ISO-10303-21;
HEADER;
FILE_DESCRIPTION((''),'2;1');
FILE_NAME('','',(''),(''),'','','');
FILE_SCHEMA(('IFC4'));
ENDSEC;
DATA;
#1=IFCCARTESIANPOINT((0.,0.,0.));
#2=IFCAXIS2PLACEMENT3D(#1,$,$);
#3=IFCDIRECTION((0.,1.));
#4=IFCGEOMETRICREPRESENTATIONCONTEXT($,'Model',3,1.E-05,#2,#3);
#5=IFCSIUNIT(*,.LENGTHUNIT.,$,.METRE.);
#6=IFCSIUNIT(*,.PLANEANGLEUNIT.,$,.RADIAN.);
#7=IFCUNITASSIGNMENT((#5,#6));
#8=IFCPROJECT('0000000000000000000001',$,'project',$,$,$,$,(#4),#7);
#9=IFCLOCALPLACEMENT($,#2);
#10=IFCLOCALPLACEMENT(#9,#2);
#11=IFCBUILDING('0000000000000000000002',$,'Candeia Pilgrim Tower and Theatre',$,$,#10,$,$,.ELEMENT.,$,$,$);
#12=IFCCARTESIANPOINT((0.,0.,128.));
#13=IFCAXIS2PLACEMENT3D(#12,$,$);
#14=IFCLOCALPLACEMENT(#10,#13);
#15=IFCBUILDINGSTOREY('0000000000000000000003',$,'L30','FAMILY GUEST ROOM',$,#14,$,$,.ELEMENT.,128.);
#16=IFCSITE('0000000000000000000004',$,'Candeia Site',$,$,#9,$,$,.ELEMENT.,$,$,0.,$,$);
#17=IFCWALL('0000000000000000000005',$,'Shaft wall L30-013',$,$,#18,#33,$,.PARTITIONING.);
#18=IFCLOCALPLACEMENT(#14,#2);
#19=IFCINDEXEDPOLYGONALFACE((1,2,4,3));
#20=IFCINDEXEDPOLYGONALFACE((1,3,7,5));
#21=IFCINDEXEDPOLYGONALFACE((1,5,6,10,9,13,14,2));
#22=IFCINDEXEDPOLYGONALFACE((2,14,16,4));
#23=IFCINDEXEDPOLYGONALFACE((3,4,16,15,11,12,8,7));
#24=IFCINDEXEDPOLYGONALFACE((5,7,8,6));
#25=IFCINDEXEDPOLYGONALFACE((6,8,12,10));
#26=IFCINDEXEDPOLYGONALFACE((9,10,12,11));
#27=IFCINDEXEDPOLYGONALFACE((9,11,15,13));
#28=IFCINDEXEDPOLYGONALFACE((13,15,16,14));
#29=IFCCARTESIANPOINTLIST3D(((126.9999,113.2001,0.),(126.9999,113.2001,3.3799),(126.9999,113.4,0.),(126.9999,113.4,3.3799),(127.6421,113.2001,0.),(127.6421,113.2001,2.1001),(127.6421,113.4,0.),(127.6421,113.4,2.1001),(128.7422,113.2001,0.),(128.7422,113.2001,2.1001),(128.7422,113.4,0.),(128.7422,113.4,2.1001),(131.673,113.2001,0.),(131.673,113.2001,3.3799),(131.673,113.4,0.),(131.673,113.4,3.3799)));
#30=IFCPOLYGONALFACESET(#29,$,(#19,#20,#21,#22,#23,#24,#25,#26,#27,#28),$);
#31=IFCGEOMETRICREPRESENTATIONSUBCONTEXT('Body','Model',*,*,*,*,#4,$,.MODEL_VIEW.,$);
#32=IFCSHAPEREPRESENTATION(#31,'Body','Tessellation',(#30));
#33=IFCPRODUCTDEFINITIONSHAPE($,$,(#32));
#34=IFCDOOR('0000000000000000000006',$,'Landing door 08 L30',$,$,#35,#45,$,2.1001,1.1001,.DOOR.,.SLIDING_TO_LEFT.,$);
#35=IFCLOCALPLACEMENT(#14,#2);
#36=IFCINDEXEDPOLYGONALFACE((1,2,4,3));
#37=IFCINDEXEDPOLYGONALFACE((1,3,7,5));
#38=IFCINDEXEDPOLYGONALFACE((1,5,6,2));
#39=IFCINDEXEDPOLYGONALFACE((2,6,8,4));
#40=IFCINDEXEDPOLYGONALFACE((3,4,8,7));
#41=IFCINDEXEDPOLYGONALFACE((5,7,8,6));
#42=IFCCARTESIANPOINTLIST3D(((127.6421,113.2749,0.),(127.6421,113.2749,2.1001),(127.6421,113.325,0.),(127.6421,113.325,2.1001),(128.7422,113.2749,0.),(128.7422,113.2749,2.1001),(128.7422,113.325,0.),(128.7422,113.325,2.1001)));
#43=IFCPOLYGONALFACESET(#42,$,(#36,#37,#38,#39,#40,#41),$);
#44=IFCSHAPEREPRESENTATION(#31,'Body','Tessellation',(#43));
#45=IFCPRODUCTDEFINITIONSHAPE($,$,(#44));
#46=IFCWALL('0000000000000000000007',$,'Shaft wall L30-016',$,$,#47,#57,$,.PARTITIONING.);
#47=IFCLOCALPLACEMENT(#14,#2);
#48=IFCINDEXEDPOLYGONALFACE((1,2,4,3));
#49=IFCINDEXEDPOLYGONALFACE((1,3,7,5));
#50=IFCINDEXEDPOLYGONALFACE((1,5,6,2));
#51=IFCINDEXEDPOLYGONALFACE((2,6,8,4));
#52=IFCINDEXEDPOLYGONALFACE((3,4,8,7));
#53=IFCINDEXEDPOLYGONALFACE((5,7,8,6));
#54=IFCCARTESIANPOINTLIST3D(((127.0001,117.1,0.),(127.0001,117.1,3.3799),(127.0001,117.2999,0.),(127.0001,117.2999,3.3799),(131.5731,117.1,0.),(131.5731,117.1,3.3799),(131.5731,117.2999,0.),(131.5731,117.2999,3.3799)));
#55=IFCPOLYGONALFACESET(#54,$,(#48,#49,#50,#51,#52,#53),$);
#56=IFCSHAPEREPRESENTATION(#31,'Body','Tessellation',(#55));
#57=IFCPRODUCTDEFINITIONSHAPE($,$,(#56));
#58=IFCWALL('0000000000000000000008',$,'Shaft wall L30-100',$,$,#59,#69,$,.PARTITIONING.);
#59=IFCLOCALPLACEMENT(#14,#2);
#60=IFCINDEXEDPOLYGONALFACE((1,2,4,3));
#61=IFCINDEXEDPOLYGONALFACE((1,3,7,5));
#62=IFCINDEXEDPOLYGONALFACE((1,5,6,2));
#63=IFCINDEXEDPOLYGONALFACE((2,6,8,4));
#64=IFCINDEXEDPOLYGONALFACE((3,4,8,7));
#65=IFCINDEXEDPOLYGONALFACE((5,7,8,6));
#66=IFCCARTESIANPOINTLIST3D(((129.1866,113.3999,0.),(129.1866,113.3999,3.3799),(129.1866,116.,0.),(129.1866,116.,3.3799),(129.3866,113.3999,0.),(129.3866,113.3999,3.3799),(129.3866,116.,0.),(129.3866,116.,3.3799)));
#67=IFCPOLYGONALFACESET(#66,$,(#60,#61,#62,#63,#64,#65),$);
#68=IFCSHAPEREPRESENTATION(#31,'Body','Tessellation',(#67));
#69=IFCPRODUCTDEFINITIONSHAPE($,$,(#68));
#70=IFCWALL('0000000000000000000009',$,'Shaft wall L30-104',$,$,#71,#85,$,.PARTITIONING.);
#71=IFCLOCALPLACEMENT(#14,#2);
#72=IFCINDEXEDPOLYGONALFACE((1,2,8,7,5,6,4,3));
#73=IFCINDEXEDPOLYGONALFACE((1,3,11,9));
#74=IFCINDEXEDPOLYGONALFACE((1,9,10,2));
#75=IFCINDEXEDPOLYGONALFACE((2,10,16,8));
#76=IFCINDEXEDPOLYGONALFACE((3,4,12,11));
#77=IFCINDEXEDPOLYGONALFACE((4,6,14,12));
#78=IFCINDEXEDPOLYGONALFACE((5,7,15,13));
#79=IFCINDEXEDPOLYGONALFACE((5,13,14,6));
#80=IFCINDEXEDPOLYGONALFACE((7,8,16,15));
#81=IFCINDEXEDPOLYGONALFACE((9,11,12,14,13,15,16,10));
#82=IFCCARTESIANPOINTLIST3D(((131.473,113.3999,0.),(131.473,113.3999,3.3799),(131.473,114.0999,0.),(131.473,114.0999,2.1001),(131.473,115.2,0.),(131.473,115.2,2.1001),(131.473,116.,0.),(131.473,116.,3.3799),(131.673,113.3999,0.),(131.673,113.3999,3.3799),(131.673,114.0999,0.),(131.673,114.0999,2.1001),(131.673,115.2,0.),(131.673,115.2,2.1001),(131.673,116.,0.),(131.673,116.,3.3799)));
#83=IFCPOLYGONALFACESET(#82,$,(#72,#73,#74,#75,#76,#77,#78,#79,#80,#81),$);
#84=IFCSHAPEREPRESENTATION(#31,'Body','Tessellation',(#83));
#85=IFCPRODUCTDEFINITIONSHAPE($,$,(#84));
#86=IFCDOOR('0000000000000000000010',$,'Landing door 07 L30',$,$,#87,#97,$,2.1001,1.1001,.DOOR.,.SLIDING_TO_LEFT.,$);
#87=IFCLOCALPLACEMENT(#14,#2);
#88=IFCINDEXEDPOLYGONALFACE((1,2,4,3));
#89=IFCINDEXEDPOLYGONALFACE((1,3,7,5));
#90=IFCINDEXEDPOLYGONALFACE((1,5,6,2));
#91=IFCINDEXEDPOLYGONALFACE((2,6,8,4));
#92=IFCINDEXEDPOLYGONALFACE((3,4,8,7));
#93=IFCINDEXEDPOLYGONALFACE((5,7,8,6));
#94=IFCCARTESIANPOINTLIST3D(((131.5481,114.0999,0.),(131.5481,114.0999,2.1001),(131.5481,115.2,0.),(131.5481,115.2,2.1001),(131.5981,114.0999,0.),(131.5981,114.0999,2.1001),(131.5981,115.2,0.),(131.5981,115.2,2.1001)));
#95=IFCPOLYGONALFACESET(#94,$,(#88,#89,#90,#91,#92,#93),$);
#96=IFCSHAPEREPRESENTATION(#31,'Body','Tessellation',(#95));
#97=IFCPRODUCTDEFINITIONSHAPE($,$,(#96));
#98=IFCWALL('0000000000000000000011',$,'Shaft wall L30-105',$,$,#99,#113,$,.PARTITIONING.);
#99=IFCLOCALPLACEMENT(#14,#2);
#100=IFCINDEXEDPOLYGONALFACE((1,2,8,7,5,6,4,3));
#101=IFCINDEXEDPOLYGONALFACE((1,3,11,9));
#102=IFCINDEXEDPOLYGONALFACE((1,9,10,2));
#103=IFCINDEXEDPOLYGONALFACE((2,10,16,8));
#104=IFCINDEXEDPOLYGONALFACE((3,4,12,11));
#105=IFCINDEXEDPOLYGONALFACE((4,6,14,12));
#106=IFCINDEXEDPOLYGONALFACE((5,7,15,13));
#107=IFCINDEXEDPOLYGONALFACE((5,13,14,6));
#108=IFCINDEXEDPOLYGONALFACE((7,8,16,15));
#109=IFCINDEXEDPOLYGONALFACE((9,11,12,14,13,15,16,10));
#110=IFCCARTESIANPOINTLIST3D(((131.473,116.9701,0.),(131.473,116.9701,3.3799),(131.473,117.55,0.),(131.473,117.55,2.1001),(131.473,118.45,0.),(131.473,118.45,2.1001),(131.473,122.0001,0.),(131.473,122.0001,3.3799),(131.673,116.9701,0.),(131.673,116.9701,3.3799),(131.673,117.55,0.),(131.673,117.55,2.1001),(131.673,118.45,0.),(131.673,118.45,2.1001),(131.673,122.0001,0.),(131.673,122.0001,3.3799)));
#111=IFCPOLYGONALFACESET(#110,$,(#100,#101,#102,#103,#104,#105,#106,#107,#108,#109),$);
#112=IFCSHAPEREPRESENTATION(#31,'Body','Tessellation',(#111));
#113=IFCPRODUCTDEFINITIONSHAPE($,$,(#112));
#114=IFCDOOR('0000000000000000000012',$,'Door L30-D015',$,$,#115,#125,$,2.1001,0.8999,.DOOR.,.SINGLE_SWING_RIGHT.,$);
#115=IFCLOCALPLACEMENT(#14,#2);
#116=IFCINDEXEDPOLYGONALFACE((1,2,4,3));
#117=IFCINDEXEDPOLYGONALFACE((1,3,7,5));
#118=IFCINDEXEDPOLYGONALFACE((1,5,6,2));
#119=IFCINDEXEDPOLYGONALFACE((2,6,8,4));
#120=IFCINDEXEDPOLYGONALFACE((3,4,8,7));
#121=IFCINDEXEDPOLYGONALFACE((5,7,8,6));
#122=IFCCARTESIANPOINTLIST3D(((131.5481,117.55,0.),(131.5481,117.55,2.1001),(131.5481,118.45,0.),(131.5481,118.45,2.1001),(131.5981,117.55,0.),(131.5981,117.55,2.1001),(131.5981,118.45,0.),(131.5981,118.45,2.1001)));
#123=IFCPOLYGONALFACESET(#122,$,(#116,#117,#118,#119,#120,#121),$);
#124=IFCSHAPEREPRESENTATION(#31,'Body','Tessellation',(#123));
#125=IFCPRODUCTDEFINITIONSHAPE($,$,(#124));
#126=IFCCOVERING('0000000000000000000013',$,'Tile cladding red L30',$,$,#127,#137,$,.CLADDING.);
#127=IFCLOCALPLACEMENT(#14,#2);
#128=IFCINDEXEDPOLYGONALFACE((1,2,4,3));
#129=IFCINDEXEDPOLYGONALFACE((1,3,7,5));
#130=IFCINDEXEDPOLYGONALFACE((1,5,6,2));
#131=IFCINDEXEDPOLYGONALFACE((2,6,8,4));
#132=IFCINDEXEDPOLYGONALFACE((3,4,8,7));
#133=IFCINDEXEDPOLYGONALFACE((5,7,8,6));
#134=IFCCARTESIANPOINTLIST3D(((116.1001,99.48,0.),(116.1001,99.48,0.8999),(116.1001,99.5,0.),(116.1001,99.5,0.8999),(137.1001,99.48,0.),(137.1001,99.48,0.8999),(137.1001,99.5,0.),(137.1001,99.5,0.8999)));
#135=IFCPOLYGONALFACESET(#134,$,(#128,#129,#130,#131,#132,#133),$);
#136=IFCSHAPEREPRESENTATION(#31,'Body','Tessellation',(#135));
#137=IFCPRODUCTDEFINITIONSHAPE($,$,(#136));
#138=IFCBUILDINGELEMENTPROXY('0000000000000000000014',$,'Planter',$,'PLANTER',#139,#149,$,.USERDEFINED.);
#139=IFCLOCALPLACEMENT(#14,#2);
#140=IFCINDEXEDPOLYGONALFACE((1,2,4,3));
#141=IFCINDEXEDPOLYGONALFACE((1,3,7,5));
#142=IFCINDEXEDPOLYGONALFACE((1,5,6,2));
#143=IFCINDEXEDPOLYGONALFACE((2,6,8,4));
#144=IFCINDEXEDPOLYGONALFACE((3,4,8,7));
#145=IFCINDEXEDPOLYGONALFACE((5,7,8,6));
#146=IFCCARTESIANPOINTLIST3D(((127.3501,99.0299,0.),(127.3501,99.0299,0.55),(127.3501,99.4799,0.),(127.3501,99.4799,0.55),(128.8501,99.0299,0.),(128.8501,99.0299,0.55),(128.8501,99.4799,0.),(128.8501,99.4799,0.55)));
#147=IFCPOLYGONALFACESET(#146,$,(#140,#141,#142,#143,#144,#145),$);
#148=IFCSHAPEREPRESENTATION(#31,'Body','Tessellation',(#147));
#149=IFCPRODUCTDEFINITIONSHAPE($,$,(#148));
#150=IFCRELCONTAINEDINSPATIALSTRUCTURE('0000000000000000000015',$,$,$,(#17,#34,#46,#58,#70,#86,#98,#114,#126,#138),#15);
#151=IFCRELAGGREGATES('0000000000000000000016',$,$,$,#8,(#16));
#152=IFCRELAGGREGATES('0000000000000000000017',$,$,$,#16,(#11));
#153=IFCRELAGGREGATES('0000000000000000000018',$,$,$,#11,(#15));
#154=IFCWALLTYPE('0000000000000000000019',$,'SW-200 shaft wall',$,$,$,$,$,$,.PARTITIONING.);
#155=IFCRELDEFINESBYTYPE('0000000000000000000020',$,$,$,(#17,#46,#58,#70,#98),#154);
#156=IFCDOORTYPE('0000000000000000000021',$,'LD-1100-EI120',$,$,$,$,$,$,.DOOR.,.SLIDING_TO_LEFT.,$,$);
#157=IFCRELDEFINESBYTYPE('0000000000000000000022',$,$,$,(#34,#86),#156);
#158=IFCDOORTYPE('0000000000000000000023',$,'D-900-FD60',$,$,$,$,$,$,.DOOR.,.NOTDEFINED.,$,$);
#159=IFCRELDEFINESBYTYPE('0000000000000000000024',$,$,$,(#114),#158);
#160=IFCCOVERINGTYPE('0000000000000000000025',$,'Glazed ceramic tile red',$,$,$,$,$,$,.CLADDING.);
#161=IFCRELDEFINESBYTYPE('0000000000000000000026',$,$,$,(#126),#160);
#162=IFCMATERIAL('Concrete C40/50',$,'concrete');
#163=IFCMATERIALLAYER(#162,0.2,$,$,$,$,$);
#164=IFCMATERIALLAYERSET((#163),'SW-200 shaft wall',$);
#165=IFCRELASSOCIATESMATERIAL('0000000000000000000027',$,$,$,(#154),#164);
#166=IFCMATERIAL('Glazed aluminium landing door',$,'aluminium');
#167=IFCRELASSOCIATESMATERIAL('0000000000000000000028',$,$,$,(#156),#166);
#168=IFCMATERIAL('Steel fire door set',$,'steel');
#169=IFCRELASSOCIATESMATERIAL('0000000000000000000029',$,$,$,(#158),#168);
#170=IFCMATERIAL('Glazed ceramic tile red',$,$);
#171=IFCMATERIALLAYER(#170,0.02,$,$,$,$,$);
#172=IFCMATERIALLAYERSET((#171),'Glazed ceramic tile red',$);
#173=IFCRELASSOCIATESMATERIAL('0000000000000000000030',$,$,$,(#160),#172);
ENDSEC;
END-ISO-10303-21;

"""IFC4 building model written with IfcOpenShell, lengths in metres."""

from ifc_helpers import new_model, si_unit, direction, frame, frame_2d, origin, origin_2d, place, context, subcontext, project, spatial, rectangle, extrude, material, layer, layer_set, type_object, element, fill, save


model = new_model("IFC4")

# Units and contexts
model_context = context("Model", 3, precision=1e-05, world=origin(), true_north=direction((0.0, 1.0)))
body_context = subcontext(model_context, "Body", "Model", "MODEL_VIEW")
ifc_project = project(units=[si_unit("LENGTHUNIT", "METRE"), si_unit("PLANEANGLEUNIT", "RADIAN")], contexts=[model_context])

# Site, building, storey
site_placement = place(None, origin())
site = spatial("IfcSite", under=ifc_project, at=site_placement, Name="Candeia Site", CompositionType="ELEMENT", RefElevation=0.0)
building_placement = place(site_placement, origin())
building = spatial("IfcBuilding", under=site, at=building_placement, Name="Candeia Pilgrim Tower and Theatre", CompositionType="ELEMENT")
storey_placement = place(building_placement, frame((0.0, 0.0, 128.0)))
storey = spatial("IfcBuildingStorey", under=building, at=storey_placement, Name="L30", Description="FAMILY GUEST ROOM", CompositionType="ELEMENT", Elevation=128.0)

# Shared definitions
ifc_material_1 = material(Name="Steel fire door set", Category="steel")

# Wall, opening, door
ifc_material_2 = material(Name="Concrete C40/50", Category="concrete")
ifc_layer_1 = layer(ifc_material_2, 0.2)
ifc_layer_set_1 = layer_set([ifc_layer_1], Name="SW-200 shaft wall")
wall_type_1 = type_object("IfcWallType", Name="SW-200 shaft wall", PredefinedType="PARTITIONING", material=ifc_layer_set_1)
wall_1_placement = place(storey_placement, frame((127.0, 113.3, 0.0), z_axis=(0.0, 0.0, 1.0), x_axis=(1.0, 0.0, 0.0)))
wall_1 = element("IfcWall", 1, at=wall_1_placement, inside=storey, type_object=wall_type_1, Name="Shaft wall L30-013", PredefinedType="PARTITIONING", context=body_context, shape_type="SweptSolid", body=[
    extrude(rectangle(XDim=4.6731, YDim=0.2, at=frame_2d((2.3364, 0.0))), origin(), (0.0, 0.0, 1.0), 3.3799),
])
opening_1_placement = place(wall_1_placement, frame((0.6421, 0.0, 0.0)))
opening_1 = element("IfcOpeningElement", 2, at=opening_1_placement, cuts=wall_1, PredefinedType="OPENING", context=body_context, shape_type="SweptSolid", body=[
    extrude(rectangle(XDim=1.1001, YDim=2.1001, at=frame_2d((0.55, 1.05))), frame((0.0, 0.1099, 0.0), z_axis=(0.0, -1.0, 0.0), x_axis=(1.0, 0.0, 0.0)), (0.0, 0.0, 1.0), 0.22),
])
ifc_material_3 = material(Name="Glazed aluminium landing door", Category="aluminium")
door_type_1 = type_object("IfcDoorType", Name="LD-1100-EI120", OperationType="SLIDING_TO_LEFT", PredefinedType="DOOR", material=ifc_material_3)
door_1_placement = place(opening_1_placement, origin())
door_1 = element("IfcDoor", 3, at=door_1_placement, inside=storey, type_object=door_type_1, Name="Landing door 08 L30", OperationType="SLIDING_TO_LEFT", OverallHeight=2.1001, OverallWidth=1.1001, PredefinedType="DOOR", context=body_context, shape_type="SweptSolid", body=[
    extrude(rectangle(XDim=1.1001, YDim=2.1001, at=frame_2d((0.55, 1.05))), frame((0.0, 0.0249, 0.0), z_axis=(0.0, -1.0, 0.0), x_axis=(1.0, 0.0, 0.0)), (0.0, 0.0, 1.0), 0.05),
])
fill(opening_1, door_1)

# Walls
wall_2_placement = place(storey_placement, frame((127.0, 117.2, 0.0), z_axis=(0.0, 0.0, 1.0), x_axis=(1.0, 0.0, 0.0)))
element("IfcWall", 4, at=wall_2_placement, inside=storey, type_object=wall_type_1, Name="Shaft wall L30-016", PredefinedType="PARTITIONING", context=body_context, shape_type="SweptSolid", body=[
    extrude(rectangle(XDim=4.573, YDim=0.2, at=frame_2d((2.2866, 0.0))), origin(), (0.0, 0.0, 1.0), 3.3799),
])
wall_3_placement = place(storey_placement, frame((129.2866, 113.3999, 0.0), z_axis=(0.0, 0.0, 1.0), x_axis=(0.0, 1.0, 0.0)))
element("IfcWall", 5, at=wall_3_placement, inside=storey, type_object=wall_type_1, Name="Shaft wall L30-100", PredefinedType="PARTITIONING", context=body_context, shape_type="SweptSolid", body=[
    extrude(rectangle(XDim=2.6001, YDim=0.2, at=frame_2d((1.3, 0.0))), origin(), (0.0, 0.0, 1.0), 3.3799),
])

# Walls, openings, doors
wall_4_placement = place(storey_placement, frame((131.573, 113.3999, 0.0), z_axis=(0.0, 0.0, 1.0), x_axis=(0.0, 1.0, 0.0)))
wall_4 = element("IfcWall", 6, at=wall_4_placement, inside=storey, type_object=wall_type_1, Name="Shaft wall L30-104", PredefinedType="PARTITIONING", context=body_context, shape_type="SweptSolid", body=[
    extrude(rectangle(XDim=2.6001, YDim=0.2, at=frame_2d((1.3, 0.0))), origin(), (0.0, 0.0, 1.0), 3.3799),
])
opening_2_placement = place(wall_4_placement, frame((0.7, 0.0, 0.0)))
opening_2 = element("IfcOpeningElement", 7, at=opening_2_placement, cuts=wall_4, PredefinedType="OPENING", context=body_context, shape_type="SweptSolid", body=[
    extrude(rectangle(XDim=1.1001, YDim=2.1001, at=frame_2d((0.55, 1.05))), frame((0.0, 0.1099, 0.0), z_axis=(0.0, -1.0, 0.0), x_axis=(1.0, 0.0, 0.0)), (0.0, 0.0, 1.0), 0.22),
])
door_2_placement = place(opening_2_placement, origin())
door_2 = element("IfcDoor", 8, at=door_2_placement, inside=storey, type_object=door_type_1, Name="Landing door 07 L30", OperationType="SLIDING_TO_LEFT", OverallHeight=2.1001, OverallWidth=1.1001, PredefinedType="DOOR", context=body_context, shape_type="SweptSolid", body=[
    extrude(rectangle(XDim=1.1001, YDim=2.1001, at=frame_2d((0.55, 1.05))), frame((0.0, 0.0249, 0.0), z_axis=(0.0, -1.0, 0.0), x_axis=(1.0, 0.0, 0.0)), (0.0, 0.0, 1.0), 0.05),
])
fill(opening_2, door_2)
wall_5_placement = place(storey_placement, frame((131.573, 116.97, 0.0), z_axis=(0.0, 0.0, 1.0), x_axis=(0.0, 1.0, 0.0)))
wall_5 = element("IfcWall", 9, at=wall_5_placement, inside=storey, type_object=wall_type_1, Name="Shaft wall L30-105", PredefinedType="PARTITIONING", context=body_context, shape_type="SweptSolid", body=[
    extrude(rectangle(XDim=5.03, YDim=0.2, at=frame_2d((2.5151, 0.0))), origin(), (0.0, 0.0, 1.0), 3.3799),
])
opening_3_placement = place(wall_5_placement, frame((0.5801, 0.0, 0.0)))
opening_3 = element("IfcOpeningElement", 10, at=opening_3_placement, cuts=wall_5, PredefinedType="OPENING", context=body_context, shape_type="SweptSolid", body=[
    extrude(rectangle(XDim=0.8999, YDim=2.1001, at=frame_2d((0.45, 1.05))), frame((0.0, 0.1099, 0.0), z_axis=(0.0, -1.0, 0.0), x_axis=(1.0, 0.0, 0.0)), (0.0, 0.0, 1.0), 0.22),
])
door_type_2 = type_object("IfcDoorType", Name="D-900-FD60", OperationType="NOTDEFINED", PredefinedType="DOOR", material=ifc_material_1)
door_3_placement = place(opening_3_placement, origin())
door_3 = element("IfcDoor", 11, at=door_3_placement, inside=storey, type_object=door_type_2, Name="Door L30-D015", OperationType="SINGLE_SWING_RIGHT", OverallHeight=2.1001, OverallWidth=0.8999, PredefinedType="DOOR", context=body_context, shape_type="SweptSolid", body=[
    extrude(rectangle(XDim=0.8999, YDim=2.1001, at=frame_2d((0.45, 1.05))), frame((0.0, 0.0249, 0.0), z_axis=(0.0, -1.0, 0.0), x_axis=(1.0, 0.0, 0.0)), (0.0, 0.0, 1.0), 0.05),
])
fill(opening_3, door_3)

# Covering
ifc_material_4 = material(Name="Glazed ceramic tile red")
ifc_layer_2 = layer(ifc_material_4, 0.02)
ifc_layer_set_2 = layer_set([ifc_layer_2], Name="Glazed ceramic tile red")
covering_type = type_object("IfcCoveringType", Name="Glazed ceramic tile red", PredefinedType="CLADDING", material=ifc_layer_set_2)
covering_placement = place(storey_placement, frame((126.6001, 99.49, 0.0), z_axis=(0.0, 0.0, 1.0), x_axis=(1.0, 0.0, 0.0)))
element("IfcCovering", 12, at=covering_placement, inside=storey, type_object=covering_type, Name="Tile cladding red L30", PredefinedType="CLADDING", context=body_context, shape_type="SweptSolid", body=[
    extrude(rectangle(XDim=21.0, YDim=0.02, at=origin_2d()), origin(), (0.0, 0.0, 1.0), 0.8999),
])

# Building element proxy
proxy_placement = place(storey_placement, frame((128.1001, 99.2549, 0.0), z_axis=(0.0, 0.0, 1.0), x_axis=(1.0, 0.0, 0.0)))
element("IfcBuildingElementProxy", 13, at=proxy_placement, inside=storey, Name="Planter", ObjectType="PLANTER", PredefinedType="USERDEFINED", context=body_context, shape_type="SweptSolid", body=[
    extrude(rectangle(XDim=1.5, YDim=0.45, at=origin_2d()), origin(), (0.0, 0.0, 1.0), 0.55),
])

save(model, "model.ifc")
